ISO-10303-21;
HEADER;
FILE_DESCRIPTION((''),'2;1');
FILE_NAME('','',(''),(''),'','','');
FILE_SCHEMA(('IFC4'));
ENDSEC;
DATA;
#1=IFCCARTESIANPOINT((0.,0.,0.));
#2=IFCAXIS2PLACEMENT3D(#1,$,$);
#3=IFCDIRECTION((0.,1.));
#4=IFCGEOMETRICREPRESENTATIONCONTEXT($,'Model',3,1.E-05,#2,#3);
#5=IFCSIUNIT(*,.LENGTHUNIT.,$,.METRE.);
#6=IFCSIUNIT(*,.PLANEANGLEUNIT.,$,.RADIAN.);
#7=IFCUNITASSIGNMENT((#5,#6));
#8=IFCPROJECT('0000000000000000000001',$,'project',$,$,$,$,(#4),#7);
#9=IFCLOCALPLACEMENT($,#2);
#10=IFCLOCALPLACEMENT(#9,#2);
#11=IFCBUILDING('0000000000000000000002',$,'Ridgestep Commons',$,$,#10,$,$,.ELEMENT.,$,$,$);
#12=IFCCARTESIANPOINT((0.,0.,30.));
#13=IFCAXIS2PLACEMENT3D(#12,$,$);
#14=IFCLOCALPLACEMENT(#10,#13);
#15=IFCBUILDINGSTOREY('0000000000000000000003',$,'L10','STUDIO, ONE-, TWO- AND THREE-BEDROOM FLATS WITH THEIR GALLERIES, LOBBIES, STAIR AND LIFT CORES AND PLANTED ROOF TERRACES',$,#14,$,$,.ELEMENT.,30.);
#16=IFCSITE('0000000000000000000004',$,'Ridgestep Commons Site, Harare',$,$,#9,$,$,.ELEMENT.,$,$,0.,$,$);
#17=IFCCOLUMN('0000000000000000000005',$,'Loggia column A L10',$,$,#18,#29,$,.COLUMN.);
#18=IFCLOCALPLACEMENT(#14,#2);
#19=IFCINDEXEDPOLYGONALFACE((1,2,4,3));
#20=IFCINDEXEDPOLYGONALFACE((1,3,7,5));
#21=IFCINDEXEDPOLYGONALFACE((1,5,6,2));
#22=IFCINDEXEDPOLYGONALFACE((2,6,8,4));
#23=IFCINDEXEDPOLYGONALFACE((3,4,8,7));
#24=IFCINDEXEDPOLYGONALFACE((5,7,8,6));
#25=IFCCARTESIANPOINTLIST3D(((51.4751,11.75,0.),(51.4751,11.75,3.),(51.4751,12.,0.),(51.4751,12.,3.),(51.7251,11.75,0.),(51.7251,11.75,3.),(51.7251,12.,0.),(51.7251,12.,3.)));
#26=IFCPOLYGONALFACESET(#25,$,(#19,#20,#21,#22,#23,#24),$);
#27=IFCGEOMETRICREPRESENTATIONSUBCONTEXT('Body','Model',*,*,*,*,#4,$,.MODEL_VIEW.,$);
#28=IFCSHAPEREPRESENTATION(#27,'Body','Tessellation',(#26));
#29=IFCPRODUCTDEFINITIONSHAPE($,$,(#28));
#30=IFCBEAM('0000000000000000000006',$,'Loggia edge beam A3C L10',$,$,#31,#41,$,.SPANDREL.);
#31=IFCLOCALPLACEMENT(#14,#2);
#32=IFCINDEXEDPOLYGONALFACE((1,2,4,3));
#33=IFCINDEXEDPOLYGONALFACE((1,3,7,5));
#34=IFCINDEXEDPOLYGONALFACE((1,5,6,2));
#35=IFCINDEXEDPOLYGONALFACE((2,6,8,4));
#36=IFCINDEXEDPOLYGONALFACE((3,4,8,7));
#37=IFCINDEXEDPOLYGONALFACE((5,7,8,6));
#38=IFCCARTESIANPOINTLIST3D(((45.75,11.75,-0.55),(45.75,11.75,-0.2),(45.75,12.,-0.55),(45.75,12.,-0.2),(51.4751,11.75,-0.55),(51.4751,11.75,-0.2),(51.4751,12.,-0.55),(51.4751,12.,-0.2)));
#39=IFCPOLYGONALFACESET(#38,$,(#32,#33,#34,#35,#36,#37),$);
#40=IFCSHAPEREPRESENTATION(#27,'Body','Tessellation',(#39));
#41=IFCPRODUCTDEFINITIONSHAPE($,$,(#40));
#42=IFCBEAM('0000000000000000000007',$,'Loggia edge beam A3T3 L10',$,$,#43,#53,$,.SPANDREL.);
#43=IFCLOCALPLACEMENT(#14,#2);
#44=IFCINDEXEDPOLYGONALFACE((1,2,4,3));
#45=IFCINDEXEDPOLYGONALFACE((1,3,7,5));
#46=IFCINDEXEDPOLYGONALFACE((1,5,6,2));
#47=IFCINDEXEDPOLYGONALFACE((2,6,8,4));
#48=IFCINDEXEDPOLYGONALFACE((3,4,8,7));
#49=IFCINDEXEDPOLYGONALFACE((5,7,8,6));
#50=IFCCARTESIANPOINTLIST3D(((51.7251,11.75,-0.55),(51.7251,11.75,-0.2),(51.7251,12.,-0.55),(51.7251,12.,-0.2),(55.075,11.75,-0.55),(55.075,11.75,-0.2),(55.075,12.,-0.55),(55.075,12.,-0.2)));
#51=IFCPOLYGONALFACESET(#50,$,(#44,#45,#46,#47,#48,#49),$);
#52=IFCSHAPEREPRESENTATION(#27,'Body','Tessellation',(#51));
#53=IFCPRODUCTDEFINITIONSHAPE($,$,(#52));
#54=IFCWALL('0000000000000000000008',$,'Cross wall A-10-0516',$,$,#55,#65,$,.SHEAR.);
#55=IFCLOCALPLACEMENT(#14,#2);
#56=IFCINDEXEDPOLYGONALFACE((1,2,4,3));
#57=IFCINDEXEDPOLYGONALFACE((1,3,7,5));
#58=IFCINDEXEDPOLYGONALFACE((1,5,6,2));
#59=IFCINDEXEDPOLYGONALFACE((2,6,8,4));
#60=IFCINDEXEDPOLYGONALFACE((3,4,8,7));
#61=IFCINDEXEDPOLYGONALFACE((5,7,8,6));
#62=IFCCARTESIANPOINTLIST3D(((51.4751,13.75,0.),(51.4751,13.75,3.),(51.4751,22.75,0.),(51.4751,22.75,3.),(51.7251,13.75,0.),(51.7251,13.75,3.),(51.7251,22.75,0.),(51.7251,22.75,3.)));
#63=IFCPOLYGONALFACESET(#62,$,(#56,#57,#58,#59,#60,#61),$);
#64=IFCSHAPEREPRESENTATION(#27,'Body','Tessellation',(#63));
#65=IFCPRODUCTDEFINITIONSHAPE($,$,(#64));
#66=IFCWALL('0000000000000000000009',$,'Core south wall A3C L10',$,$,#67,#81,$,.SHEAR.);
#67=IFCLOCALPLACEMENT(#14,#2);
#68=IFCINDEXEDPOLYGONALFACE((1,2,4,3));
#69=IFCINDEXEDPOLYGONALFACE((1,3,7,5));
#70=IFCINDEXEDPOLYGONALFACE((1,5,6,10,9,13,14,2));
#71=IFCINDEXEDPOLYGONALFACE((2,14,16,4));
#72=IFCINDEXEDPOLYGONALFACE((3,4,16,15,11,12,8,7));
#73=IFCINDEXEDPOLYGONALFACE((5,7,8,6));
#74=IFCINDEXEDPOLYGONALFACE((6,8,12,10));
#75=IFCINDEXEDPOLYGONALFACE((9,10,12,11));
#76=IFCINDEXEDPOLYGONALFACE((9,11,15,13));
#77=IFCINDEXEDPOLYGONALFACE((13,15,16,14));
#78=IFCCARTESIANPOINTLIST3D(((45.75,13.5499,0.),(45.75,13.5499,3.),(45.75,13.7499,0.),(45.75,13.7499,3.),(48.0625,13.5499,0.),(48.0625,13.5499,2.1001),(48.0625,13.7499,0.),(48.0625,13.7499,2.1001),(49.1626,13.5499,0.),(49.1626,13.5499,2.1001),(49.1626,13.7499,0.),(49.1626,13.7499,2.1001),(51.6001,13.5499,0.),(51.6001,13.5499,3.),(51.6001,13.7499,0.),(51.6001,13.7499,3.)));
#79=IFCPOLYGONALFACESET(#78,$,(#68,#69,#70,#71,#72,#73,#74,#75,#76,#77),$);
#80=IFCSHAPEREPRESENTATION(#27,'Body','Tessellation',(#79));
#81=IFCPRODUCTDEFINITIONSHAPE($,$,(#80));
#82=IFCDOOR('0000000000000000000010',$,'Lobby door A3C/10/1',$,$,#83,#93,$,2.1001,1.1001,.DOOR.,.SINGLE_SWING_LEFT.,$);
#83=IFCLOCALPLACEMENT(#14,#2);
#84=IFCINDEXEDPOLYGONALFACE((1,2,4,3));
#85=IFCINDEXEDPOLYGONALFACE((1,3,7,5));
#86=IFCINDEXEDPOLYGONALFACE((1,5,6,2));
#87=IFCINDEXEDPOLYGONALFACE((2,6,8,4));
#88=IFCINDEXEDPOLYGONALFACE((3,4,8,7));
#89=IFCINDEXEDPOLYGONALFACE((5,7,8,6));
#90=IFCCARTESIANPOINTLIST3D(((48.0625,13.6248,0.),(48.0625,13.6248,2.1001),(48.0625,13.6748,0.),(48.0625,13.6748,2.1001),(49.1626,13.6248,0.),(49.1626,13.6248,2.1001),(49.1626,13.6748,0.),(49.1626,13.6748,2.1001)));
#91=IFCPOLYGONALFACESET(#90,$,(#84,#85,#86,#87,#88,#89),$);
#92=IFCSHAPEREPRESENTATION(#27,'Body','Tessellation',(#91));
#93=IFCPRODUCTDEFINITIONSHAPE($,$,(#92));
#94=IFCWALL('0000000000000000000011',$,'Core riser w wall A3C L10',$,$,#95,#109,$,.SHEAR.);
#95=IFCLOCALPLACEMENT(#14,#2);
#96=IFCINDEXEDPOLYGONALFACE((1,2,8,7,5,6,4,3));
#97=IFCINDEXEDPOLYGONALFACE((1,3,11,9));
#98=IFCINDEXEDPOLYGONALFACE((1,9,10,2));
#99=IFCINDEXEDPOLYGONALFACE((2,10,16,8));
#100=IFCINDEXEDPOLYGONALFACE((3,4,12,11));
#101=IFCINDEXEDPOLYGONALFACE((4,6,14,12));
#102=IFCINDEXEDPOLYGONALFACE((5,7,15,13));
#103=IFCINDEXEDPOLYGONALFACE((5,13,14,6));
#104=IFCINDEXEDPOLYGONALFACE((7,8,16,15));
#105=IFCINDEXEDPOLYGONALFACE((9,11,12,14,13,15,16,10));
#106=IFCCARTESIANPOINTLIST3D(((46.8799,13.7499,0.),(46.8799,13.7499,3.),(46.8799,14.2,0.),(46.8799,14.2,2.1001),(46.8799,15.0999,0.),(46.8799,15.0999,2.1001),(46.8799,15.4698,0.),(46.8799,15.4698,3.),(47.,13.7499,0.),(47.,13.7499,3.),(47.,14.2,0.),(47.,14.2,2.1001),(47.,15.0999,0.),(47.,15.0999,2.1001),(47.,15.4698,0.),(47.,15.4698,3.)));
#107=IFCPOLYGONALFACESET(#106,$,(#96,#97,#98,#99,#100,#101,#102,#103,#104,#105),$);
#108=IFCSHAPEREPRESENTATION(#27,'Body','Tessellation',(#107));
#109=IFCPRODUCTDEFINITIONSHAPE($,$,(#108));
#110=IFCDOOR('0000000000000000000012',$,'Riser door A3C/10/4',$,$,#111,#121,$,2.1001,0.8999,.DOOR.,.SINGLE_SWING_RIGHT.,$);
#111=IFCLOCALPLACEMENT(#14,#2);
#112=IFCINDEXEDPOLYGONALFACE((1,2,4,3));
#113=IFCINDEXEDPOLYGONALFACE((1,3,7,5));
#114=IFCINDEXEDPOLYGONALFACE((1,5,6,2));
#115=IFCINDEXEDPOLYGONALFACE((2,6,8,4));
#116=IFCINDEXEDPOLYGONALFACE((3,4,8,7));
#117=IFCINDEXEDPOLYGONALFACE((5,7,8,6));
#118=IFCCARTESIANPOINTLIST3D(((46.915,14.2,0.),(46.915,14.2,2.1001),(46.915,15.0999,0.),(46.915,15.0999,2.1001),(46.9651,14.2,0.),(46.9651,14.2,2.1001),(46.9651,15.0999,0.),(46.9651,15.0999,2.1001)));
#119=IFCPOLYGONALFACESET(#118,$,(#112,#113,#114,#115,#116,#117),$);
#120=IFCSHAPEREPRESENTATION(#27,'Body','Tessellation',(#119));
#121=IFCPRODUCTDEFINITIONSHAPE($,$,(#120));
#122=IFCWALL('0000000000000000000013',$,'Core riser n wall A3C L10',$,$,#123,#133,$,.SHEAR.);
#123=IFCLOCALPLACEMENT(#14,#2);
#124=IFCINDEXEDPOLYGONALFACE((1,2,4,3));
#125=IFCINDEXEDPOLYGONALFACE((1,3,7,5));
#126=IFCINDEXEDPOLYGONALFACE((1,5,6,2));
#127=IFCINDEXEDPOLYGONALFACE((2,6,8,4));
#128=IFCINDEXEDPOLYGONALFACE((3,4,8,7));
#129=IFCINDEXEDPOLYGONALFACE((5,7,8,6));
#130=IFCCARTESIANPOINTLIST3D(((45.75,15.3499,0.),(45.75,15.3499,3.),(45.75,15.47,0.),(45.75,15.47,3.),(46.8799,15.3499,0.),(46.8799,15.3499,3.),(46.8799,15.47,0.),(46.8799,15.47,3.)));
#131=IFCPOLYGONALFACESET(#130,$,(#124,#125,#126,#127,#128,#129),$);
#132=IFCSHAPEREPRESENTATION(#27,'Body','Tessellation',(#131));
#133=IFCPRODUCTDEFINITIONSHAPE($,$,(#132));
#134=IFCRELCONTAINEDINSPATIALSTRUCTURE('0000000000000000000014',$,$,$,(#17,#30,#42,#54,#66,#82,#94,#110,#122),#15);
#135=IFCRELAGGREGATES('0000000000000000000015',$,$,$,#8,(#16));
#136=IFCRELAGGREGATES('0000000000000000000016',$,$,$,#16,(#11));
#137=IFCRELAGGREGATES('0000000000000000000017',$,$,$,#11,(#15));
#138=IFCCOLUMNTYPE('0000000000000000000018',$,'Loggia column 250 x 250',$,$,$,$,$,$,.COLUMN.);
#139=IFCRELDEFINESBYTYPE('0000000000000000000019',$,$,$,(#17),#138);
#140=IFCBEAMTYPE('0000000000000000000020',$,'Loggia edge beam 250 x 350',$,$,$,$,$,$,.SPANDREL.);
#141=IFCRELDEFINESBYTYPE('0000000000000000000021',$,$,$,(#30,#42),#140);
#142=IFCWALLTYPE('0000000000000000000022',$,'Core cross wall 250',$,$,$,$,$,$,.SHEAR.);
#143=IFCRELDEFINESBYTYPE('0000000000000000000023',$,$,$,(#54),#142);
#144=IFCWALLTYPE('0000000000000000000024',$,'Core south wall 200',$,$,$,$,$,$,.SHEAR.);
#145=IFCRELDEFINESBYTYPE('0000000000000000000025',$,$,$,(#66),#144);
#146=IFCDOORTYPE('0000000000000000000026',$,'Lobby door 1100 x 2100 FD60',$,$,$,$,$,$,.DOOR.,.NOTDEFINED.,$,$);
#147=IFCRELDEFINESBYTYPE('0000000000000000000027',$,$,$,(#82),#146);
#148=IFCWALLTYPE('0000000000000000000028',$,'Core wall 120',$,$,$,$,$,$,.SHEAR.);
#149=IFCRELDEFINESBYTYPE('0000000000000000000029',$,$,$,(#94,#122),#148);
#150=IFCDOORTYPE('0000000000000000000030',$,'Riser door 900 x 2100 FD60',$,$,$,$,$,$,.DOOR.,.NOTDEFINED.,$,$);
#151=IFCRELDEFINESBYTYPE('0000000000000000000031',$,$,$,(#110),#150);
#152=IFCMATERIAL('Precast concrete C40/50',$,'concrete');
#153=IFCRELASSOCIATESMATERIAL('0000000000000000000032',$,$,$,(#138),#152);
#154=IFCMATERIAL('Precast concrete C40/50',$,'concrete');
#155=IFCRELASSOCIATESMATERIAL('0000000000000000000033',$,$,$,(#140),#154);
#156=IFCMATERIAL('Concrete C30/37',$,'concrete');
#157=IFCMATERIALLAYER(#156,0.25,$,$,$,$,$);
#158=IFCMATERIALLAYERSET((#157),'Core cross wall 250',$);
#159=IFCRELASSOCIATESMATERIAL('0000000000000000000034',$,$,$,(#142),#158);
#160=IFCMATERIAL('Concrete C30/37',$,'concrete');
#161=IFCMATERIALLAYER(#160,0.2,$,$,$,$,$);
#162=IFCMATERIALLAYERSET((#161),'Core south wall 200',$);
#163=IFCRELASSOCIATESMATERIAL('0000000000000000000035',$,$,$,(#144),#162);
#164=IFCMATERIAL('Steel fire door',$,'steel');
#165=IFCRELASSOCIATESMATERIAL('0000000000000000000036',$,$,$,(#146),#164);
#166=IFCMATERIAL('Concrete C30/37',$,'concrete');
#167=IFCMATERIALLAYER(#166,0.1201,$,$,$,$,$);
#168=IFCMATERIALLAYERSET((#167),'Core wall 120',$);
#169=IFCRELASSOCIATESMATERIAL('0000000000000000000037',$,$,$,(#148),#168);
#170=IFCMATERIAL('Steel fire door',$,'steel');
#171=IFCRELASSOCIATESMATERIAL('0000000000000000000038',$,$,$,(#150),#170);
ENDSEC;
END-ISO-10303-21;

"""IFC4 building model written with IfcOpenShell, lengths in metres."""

from ifc_helpers import new_model, si_unit, direction, frame, frame_2d, origin, origin_2d, place, context, subcontext, project, spatial, rectangle, extrude, material, layer, layer_set, material_profile, profile_set, type_object, element, fill, save


model = new_model("IFC4")

# Units and contexts
model_context = context("Model", 3, precision=1e-05, world=origin(), true_north=direction((0.0, 1.0)))
body_context = subcontext(model_context, "Body", "Model", "MODEL_VIEW")
ifc_project = project(units=[si_unit("LENGTHUNIT", "METRE"), si_unit("PLANEANGLEUNIT", "RADIAN")], contexts=[model_context])

# Site, building, storey
site_placement = place(None, origin())
site = spatial("IfcSite", under=ifc_project, at=site_placement, Name="Ridgestep Commons Site, Harare", CompositionType="ELEMENT", RefElevation=0.0)
building_placement = place(site_placement, origin())
building = spatial("IfcBuilding", under=site, at=building_placement, Name="Ridgestep Commons", CompositionType="ELEMENT")
storey_placement = place(building_placement, frame((0.0, 0.0, 30.0)))
storey = spatial("IfcBuildingStorey", under=building, at=storey_placement, Name="L10", Description="STUDIO, ONE-, TWO- AND THREE-BEDROOM FLATS WITH THEIR GALLERIES, LOBBIES, STAIR AND LIFT CORES AND PLANTED ROOF TERRACES", CompositionType="ELEMENT", Elevation=30.0)

# Column
ifc_material_1 = material(Name="Precast concrete C40/50", Category="concrete")
ifc_material_profile_1 = material_profile(ifc_material_1, rectangle(XDim=0.25, YDim=0.25, at=origin_2d()), Name="PC 250x250")
ifc_profile_set_1 = profile_set([ifc_material_profile_1], Name="Precast concrete C40/50")
column_type = type_object("IfcColumnType", Name="Loggia column 250 x 250", PredefinedType="COLUMN", material=ifc_profile_set_1)
column_placement = place(storey_placement, frame((51.6001, 11.875, 0.0), z_axis=(0.0, 0.0, 1.0), x_axis=(1.0, 0.0, 0.0)))
element("IfcColumn", 1, at=column_placement, inside=storey, type_object=column_type, Name="Loggia column A L10", PredefinedType="COLUMN", context=body_context, shape_type="SweptSolid", body=[
    extrude(rectangle(XDim=0.25, YDim=0.25, at=origin_2d()), origin(), (0.0, 0.0, 1.0), 3.0),
])

# Beams
ifc_material_2 = material(Name="Precast concrete C40/50", Category="concrete")
ifc_material_profile_2 = material_profile(ifc_material_2, rectangle(XDim=0.25, YDim=0.3501, at=origin_2d()), Name="PC 250x350")
ifc_profile_set_2 = profile_set([ifc_material_profile_2], Name="Precast concrete C40/50")
beam_type = type_object("IfcBeamType", Name="Loggia edge beam 250 x 350", PredefinedType="SPANDREL", material=ifc_profile_set_2)
beam_1_placement = place(storey_placement, frame((45.75, 11.875, -0.375), z_axis=(1.0, 0.0, 0.0), x_axis=(0.0, 1.0, 0.0)))
element("IfcBeam", 2, at=beam_1_placement, inside=storey, type_object=beam_type, Name="Loggia edge beam A3C L10", PredefinedType="SPANDREL", context=body_context, shape_type="SweptSolid", body=[
    extrude(rectangle(XDim=0.25, YDim=0.3501, at=origin_2d()), origin(), (0.0, 0.0, 1.0), 5.7251),
])
beam_2_placement = place(storey_placement, frame((51.7251, 11.875, -0.375), z_axis=(1.0, 0.0, 0.0), x_axis=(0.0, 1.0, 0.0)))
element("IfcBeam", 3, at=beam_2_placement, inside=storey, type_object=beam_type, Name="Loggia edge beam A3T3 L10", PredefinedType="SPANDREL", context=body_context, shape_type="SweptSolid", body=[
    extrude(rectangle(XDim=0.25, YDim=0.3501, at=origin_2d()), origin(), (0.0, 0.0, 1.0), 3.3499),
])

# Wall
ifc_material_3 = material(Name="Concrete C30/37", Category="concrete")
ifc_layer_1 = layer(ifc_material_3, 0.25)
ifc_layer_set_1 = layer_set([ifc_layer_1], Name="Core cross wall 250")
wall_type_1 = type_object("IfcWallType", Name="Core cross wall 250", PredefinedType="SHEAR", material=ifc_layer_set_1)
wall_1_placement = place(storey_placement, frame((51.6001, 13.75, 0.0), z_axis=(0.0, 0.0, 1.0), x_axis=(0.0, 1.0, 0.0)))
element("IfcWall", 4, at=wall_1_placement, inside=storey, type_object=wall_type_1, Name="Cross wall A-10-0516", PredefinedType="SHEAR", context=body_context, shape_type="SweptSolid", body=[
    extrude(rectangle(XDim=9.0, YDim=0.25, at=frame_2d((4.5, 0.0))), origin(), (0.0, 0.0, 1.0), 3.0),
])

# Walls, openings, doors
ifc_material_4 = material(Name="Concrete C30/37", Category="concrete")
ifc_layer_2 = layer(ifc_material_4, 0.2)
ifc_layer_set_2 = layer_set([ifc_layer_2], Name="Core south wall 200")
wall_type_2 = type_object("IfcWallType", Name="Core south wall 200", PredefinedType="SHEAR", material=ifc_layer_set_2)
wall_2_placement = place(storey_placement, frame((45.75, 13.6499, 0.0), z_axis=(0.0, 0.0, 1.0), x_axis=(1.0, 0.0, 0.0)))
wall_2 = element("IfcWall", 5, at=wall_2_placement, inside=storey, type_object=wall_type_2, Name="Core south wall A3C L10", PredefinedType="SHEAR", context=body_context, shape_type="SweptSolid", body=[
    extrude(rectangle(XDim=5.8501, YDim=0.2, at=frame_2d((2.925, 0.0))), origin(), (0.0, 0.0, 1.0), 3.0),
])
opening_1_placement = place(wall_2_placement, frame((2.3125, 0.0, 0.0)))
opening_1 = element("IfcOpeningElement", 6, at=opening_1_placement, cuts=wall_2, PredefinedType="OPENING", context=body_context, shape_type="SweptSolid", body=[
    extrude(rectangle(XDim=1.1001, YDim=2.1001, at=frame_2d((0.55, 1.05))), frame((0.0, 0.1099, 0.0), z_axis=(0.0, -1.0, 0.0), x_axis=(1.0, 0.0, 0.0)), (0.0, 0.0, 1.0), 0.22),
])
ifc_material_5 = material(Name="Steel fire door", Category="steel")
door_type_1 = type_object("IfcDoorType", Name="Lobby door 1100 x 2100 FD60", OperationType="NOTDEFINED", PredefinedType="DOOR", material=ifc_material_5)
door_1_placement = place(opening_1_placement, origin())
door_1 = element("IfcDoor", 7, at=door_1_placement, inside=storey, type_object=door_type_1, Name="Lobby door A3C/10/1", OperationType="SINGLE_SWING_LEFT", OverallHeight=2.1001, OverallWidth=1.1001, PredefinedType="DOOR", context=body_context, shape_type="SweptSolid", body=[
    extrude(rectangle(XDim=1.1001, YDim=2.1001, at=frame_2d((0.55, 1.05))), frame((0.0, 0.0249, 0.0), z_axis=(0.0, -1.0, 0.0), x_axis=(1.0, 0.0, 0.0)), (0.0, 0.0, 1.0), 0.05),
])
fill(opening_1, door_1)
ifc_material_6 = material(Name="Concrete C30/37", Category="concrete")
ifc_layer_3 = layer(ifc_material_6, 0.1201)
ifc_layer_set_3 = layer_set([ifc_layer_3], Name="Core wall 120")
wall_type_3 = type_object("IfcWallType", Name="Core wall 120", PredefinedType="SHEAR", material=ifc_layer_set_3)
wall_3_placement = place(storey_placement, frame((46.9399, 13.75, 0.0), z_axis=(0.0, 0.0, 1.0), x_axis=(0.0, 1.0, 0.0)))
wall_3 = element("IfcWall", 8, at=wall_3_placement, inside=storey, type_object=wall_type_3, Name="Core riser w wall A3C L10", PredefinedType="SHEAR", context=body_context, shape_type="SweptSolid", body=[
    extrude(rectangle(XDim=1.72, YDim=0.1201, at=frame_2d((0.8599, 0.0))), origin(), (0.0, 0.0, 1.0), 3.0),
])
opening_2_placement = place(wall_3_placement, frame((0.45, 0.0, 0.0)))
opening_2 = element("IfcOpeningElement", 9, at=opening_2_placement, cuts=wall_3, PredefinedType="OPENING", context=body_context, shape_type="SweptSolid", body=[
    extrude(rectangle(XDim=0.8999, YDim=2.1001, at=frame_2d((0.45, 1.05))), frame((0.0, 0.0701, 0.0), z_axis=(0.0, -1.0, 0.0), x_axis=(1.0, 0.0, 0.0)), (0.0, 0.0, 1.0), 0.1401),
])
ifc_material_7 = material(Name="Steel fire door", Category="steel")
door_type_2 = type_object("IfcDoorType", Name="Riser door 900 x 2100 FD60", OperationType="NOTDEFINED", PredefinedType="DOOR", material=ifc_material_7)
door_2_placement = place(opening_2_placement, origin())
door_2 = element("IfcDoor", 10, at=door_2_placement, inside=storey, type_object=door_type_2, Name="Riser door A3C/10/4", OperationType="SINGLE_SWING_RIGHT", OverallHeight=2.1001, OverallWidth=0.8999, PredefinedType="DOOR", context=body_context, shape_type="SweptSolid", body=[
    extrude(rectangle(XDim=0.8999, YDim=2.1001, at=frame_2d((0.45, 1.05))), frame((0.0, 0.0249, 0.0), z_axis=(0.0, -1.0, 0.0), x_axis=(1.0, 0.0, 0.0)), (0.0, 0.0, 1.0), 0.05),
])
fill(opening_2, door_2)

# Wall
wall_4_placement = place(storey_placement, frame((45.75, 15.4099, 0.0), z_axis=(0.0, 0.0, 1.0), x_axis=(1.0, 0.0, 0.0)))
element("IfcWall", 11, at=wall_4_placement, inside=storey, type_object=wall_type_3, Name="Core riser n wall A3C L10", PredefinedType="SHEAR", context=body_context, shape_type="SweptSolid", body=[
    extrude(rectangle(XDim=1.1299, YDim=0.1201, at=frame_2d((0.5649, 0.0))), origin(), (0.0, 0.0, 1.0), 3.0),
])

save(model, "model.ifc")
